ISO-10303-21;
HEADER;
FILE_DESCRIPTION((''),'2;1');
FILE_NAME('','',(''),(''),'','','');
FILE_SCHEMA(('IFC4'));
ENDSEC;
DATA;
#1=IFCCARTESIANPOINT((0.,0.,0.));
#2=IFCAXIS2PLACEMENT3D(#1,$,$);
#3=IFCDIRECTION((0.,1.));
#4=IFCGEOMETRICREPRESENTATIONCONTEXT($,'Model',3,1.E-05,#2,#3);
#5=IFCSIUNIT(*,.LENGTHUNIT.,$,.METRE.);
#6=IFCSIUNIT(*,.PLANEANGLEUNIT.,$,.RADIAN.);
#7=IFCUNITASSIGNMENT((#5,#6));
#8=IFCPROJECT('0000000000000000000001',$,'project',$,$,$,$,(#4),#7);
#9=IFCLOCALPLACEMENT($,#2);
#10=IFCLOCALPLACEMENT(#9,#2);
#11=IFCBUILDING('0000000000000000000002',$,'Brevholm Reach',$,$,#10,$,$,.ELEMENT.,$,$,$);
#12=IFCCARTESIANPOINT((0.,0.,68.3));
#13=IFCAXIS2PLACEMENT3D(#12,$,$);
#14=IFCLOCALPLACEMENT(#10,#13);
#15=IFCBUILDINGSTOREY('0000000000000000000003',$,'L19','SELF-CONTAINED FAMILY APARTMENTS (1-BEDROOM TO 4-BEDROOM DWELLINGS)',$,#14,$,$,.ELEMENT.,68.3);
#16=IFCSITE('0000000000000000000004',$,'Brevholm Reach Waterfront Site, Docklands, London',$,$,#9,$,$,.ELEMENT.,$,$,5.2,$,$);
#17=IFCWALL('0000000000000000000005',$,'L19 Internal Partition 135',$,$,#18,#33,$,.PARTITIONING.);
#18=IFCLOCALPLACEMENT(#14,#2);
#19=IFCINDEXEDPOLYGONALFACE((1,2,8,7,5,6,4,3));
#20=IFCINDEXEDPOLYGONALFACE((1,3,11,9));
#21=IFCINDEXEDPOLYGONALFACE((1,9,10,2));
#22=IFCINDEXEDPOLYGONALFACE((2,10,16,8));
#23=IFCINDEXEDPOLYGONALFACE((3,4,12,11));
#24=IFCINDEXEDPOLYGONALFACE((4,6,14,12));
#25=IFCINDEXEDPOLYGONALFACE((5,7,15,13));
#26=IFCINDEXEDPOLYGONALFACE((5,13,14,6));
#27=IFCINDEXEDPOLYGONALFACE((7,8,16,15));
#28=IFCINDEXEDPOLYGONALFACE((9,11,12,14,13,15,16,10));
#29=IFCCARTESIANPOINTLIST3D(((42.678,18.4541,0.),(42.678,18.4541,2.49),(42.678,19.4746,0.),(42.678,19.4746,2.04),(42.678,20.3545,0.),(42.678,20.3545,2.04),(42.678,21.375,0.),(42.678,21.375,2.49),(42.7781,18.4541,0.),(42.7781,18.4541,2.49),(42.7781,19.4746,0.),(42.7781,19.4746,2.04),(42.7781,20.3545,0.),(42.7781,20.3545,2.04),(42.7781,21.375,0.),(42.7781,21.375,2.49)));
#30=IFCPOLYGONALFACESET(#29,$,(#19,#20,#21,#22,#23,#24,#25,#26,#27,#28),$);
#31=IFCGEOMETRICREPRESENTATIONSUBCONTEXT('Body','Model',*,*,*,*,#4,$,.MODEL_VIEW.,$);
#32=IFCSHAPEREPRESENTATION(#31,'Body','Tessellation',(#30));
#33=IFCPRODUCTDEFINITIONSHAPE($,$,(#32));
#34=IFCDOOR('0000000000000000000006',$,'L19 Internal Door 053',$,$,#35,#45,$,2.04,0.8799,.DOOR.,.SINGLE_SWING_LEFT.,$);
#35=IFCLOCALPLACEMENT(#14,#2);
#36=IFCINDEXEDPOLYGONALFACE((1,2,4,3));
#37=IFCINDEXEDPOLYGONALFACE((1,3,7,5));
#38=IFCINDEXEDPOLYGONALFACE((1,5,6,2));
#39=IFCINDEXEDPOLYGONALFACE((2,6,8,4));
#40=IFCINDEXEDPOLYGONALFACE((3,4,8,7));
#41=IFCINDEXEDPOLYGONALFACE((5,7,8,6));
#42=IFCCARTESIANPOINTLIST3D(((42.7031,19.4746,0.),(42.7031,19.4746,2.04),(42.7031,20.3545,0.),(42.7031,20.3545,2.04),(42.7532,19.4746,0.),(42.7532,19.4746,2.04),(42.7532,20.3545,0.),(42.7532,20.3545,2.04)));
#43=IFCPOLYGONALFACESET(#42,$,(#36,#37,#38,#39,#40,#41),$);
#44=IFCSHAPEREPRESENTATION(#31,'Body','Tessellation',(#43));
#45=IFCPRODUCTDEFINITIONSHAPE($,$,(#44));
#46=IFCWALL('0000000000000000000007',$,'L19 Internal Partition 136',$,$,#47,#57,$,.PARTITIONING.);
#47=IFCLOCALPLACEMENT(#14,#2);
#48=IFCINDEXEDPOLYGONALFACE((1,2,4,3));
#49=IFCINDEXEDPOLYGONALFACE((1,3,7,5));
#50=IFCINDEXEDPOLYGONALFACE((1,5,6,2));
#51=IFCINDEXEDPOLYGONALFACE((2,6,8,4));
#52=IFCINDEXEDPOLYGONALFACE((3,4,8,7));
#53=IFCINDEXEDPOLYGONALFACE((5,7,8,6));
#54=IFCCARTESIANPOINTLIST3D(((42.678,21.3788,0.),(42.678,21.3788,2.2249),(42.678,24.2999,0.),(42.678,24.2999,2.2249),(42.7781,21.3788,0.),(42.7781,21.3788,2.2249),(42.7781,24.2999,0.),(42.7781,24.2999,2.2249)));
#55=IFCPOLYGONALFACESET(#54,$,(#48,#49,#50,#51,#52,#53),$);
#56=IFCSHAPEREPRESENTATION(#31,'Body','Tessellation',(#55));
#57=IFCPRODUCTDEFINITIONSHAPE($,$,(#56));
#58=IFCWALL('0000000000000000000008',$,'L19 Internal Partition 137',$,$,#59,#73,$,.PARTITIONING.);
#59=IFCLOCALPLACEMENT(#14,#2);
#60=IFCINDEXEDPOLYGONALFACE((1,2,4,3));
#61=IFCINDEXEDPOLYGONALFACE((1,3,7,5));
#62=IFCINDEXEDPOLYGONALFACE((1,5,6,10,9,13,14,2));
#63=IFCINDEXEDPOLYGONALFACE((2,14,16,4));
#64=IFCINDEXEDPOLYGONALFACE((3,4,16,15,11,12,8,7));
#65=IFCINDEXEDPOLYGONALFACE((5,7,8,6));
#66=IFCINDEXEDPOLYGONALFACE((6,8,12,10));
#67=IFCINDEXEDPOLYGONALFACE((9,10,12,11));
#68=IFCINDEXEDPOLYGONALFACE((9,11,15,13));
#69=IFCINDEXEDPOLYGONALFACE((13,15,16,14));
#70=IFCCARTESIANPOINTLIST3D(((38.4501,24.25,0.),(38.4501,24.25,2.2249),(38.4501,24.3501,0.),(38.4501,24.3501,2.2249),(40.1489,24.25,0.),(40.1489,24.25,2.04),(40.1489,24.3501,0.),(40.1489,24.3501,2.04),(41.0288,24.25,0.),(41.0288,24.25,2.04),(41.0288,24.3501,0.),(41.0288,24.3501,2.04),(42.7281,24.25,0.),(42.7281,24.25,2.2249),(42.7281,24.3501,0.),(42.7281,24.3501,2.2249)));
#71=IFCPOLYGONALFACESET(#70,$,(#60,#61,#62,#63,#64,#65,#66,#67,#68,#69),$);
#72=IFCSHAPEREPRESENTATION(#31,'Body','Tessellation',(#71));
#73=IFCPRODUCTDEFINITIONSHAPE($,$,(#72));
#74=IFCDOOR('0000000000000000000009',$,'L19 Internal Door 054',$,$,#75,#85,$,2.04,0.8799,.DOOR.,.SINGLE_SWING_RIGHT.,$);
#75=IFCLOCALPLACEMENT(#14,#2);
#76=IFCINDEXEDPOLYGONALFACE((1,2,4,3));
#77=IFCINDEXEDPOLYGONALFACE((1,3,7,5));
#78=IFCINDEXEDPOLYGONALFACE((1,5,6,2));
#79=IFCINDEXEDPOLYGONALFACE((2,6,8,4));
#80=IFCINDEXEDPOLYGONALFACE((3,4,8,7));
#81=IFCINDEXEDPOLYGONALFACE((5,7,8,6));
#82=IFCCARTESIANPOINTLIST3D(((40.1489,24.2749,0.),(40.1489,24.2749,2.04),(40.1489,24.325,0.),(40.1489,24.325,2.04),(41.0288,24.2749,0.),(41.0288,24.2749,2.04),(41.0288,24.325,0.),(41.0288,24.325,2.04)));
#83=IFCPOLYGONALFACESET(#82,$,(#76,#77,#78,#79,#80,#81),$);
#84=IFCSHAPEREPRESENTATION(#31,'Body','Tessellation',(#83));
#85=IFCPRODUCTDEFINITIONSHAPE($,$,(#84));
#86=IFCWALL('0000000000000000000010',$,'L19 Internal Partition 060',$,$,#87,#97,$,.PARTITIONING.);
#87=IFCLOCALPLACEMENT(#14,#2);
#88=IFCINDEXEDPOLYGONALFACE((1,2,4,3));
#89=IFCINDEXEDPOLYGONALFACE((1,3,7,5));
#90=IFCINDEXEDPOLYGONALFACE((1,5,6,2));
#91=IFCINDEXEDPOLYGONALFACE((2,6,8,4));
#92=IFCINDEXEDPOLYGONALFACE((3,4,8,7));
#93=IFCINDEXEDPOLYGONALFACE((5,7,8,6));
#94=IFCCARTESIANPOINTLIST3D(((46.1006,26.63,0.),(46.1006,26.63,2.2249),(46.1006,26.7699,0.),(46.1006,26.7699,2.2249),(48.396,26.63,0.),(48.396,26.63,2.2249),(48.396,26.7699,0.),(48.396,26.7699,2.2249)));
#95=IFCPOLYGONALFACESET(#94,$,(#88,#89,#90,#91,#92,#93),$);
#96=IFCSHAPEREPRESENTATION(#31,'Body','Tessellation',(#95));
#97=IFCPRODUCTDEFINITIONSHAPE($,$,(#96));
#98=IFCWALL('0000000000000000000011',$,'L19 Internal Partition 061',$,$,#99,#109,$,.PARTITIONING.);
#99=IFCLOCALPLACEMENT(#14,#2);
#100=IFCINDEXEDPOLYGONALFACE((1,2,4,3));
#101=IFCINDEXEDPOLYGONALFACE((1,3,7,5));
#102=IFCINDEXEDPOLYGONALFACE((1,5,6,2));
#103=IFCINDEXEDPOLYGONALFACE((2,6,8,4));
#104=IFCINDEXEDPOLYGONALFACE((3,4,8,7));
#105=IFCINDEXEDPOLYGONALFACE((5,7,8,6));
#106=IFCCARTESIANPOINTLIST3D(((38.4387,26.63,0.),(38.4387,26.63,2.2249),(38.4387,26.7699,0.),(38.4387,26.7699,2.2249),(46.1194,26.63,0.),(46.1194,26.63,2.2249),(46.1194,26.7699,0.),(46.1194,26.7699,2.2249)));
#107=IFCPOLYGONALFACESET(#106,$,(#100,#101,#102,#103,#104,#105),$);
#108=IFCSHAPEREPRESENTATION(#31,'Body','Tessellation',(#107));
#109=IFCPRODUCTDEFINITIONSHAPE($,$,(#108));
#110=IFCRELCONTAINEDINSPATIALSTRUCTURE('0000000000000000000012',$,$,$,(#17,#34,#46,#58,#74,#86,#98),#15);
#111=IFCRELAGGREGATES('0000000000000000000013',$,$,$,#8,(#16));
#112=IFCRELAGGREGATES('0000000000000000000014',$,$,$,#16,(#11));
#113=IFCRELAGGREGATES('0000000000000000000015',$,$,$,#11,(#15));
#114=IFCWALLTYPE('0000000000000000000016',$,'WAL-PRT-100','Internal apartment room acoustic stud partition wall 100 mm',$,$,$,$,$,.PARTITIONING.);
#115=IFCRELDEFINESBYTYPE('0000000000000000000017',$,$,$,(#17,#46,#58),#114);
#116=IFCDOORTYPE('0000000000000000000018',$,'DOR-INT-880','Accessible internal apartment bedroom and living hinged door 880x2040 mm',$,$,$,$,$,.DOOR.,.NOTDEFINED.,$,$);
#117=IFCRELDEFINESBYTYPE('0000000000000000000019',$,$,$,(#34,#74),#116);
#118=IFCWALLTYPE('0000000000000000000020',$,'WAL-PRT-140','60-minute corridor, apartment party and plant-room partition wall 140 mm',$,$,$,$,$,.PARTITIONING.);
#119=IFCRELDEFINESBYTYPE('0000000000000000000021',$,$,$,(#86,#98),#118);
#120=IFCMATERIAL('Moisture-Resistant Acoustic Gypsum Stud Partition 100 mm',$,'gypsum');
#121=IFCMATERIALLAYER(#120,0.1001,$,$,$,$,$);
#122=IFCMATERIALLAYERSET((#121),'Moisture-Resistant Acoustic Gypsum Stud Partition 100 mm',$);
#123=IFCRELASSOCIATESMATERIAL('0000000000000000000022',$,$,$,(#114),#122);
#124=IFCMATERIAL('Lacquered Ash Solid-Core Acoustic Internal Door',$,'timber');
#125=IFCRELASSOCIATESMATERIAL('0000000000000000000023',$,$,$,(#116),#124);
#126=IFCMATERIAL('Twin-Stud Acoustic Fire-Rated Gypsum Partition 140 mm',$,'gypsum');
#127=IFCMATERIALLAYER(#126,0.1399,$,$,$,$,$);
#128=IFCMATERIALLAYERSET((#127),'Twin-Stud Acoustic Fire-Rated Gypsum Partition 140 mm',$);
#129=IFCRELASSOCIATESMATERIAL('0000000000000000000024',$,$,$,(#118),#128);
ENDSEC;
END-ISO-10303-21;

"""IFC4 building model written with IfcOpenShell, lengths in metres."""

from ifc_helpers import new_model, si_unit, direction, frame, frame_2d, origin, place, context, subcontext, project, spatial, rectangle, extrude, material, layer, layer_set, type_object, element, fill, save


model = new_model("IFC4")

# Units and contexts
model_context = context("Model", 3, precision=1e-05, world=origin(), true_north=direction((0.0, 1.0)))
body_context = subcontext(model_context, "Body", "Model", "MODEL_VIEW")
ifc_project = project(units=[si_unit("LENGTHUNIT", "METRE"), si_unit("PLANEANGLEUNIT", "RADIAN")], contexts=[model_context])

# Site, building, storey
site_placement = place(None, origin())
site = spatial("IfcSite", under=ifc_project, at=site_placement, Name="Brevholm Reach Waterfront Site, Docklands, London", CompositionType="ELEMENT", RefElevation=5.2)
building_placement = place(site_placement, origin())
building = spatial("IfcBuilding", under=site, at=building_placement, Name="Brevholm Reach", CompositionType="ELEMENT")
storey_placement = place(building_placement, frame((0.0, 0.0, 68.3)))
storey = spatial("IfcBuildingStorey", under=building, at=storey_placement, Name="L19", Description="SELF-CONTAINED FAMILY APARTMENTS (1-BEDROOM TO 4-BEDROOM DWELLINGS)", CompositionType="ELEMENT", Elevation=68.3)

# Shared definitions
ifc_material_1 = material(Name="Moisture-Resistant Acoustic Gypsum Stud Partition 100 mm", Category="gypsum")
ifc_layer_1 = layer(ifc_material_1, 0.1001)
ifc_layer_set_1 = layer_set([ifc_layer_1], Name="Moisture-Resistant Acoustic Gypsum Stud Partition 100 mm")
wall_type_1 = type_object("IfcWallType", Name="WAL-PRT-100", Description="Internal apartment room acoustic stud partition wall 100 mm", PredefinedType="PARTITIONING", material=ifc_layer_set_1)

# Shared definitions
ifc_material_2 = material(Name="Lacquered Ash Solid-Core Acoustic Internal Door", Category="timber")
door_type = type_object("IfcDoorType", Name="DOR-INT-880", Description="Accessible internal apartment bedroom and living hinged door 880x2040 mm", OperationType="NOTDEFINED", PredefinedType="DOOR", material=ifc_material_2)

# Wall, opening, door
wall_1_placement = place(storey_placement, frame((42.728, 18.4541, 0.0), z_axis=(0.0, 0.0, 1.0), x_axis=(0.0, 1.0, 0.0)))
wall_1 = element("IfcWall", 1, at=wall_1_placement, inside=storey, type_object=wall_type_1, Name="L19 Internal Partition 135", PredefinedType="PARTITIONING", context=body_context, shape_type="SweptSolid", body=[
    extrude(rectangle(XDim=2.9209, YDim=0.1001, at=frame_2d((1.4604, 0.0))), origin(), (0.0, 0.0, 1.0), 2.49),
])
opening_1_placement = place(wall_1_placement, frame((1.0205, 0.0, 0.0)))
opening_1 = element("IfcOpeningElement", 2, at=opening_1_placement, cuts=wall_1, PredefinedType="OPENING", context=body_context, shape_type="SweptSolid", body=[
    extrude(rectangle(XDim=0.8799, YDim=2.04, at=frame_2d((0.4399, 1.02))), frame((0.0, 0.0601, 0.0), z_axis=(0.0, -1.0, 0.0), x_axis=(1.0, 0.0, 0.0)), (0.0, 0.0, 1.0), 0.1201),
])
door_1_placement = place(opening_1_placement, origin())
door_1 = element("IfcDoor", 3, at=door_1_placement, inside=storey, type_object=door_type, Name="L19 Internal Door 053", OperationType="SINGLE_SWING_LEFT", OverallHeight=2.04, OverallWidth=0.8799, PredefinedType="DOOR", context=body_context, shape_type="SweptSolid", body=[
    extrude(rectangle(XDim=0.8799, YDim=2.04, at=frame_2d((0.4399, 1.02))), frame((0.0, 0.0249, 0.0), z_axis=(0.0, -1.0, 0.0), x_axis=(1.0, 0.0, 0.0)), (0.0, 0.0, 1.0), 0.05),
])
fill(opening_1, door_1)

# Wall
wall_2_placement = place(storey_placement, frame((42.728, 21.3789, 0.0), z_axis=(0.0, 0.0, 1.0), x_axis=(0.0, 1.0, 0.0)))
element("IfcWall", 4, at=wall_2_placement, inside=storey, type_object=wall_type_1, Name="L19 Internal Partition 136", PredefinedType="PARTITIONING", context=body_context, shape_type="SweptSolid", body=[
    extrude(rectangle(XDim=2.9211, YDim=0.1001, at=frame_2d((1.4604, 0.0))), origin(), (0.0, 0.0, 1.0), 2.2249),
])

# Wall, opening, door
wall_3_placement = place(storey_placement, frame((38.45, 24.3, 0.0), z_axis=(0.0, 0.0, 1.0), x_axis=(1.0, 0.0, 0.0)))
wall_3 = element("IfcWall", 5, at=wall_3_placement, inside=storey, type_object=wall_type_1, Name="L19 Internal Partition 137", PredefinedType="PARTITIONING", context=body_context, shape_type="SweptSolid", body=[
    extrude(rectangle(XDim=4.2781, YDim=0.1001, at=frame_2d((2.1392, 0.0))), origin(), (0.0, 0.0, 1.0), 2.2249),
])
opening_2_placement = place(wall_3_placement, frame((1.699, 0.0, 0.0)))
opening_2 = element("IfcOpeningElement", 6, at=opening_2_placement, cuts=wall_3, PredefinedType="OPENING", context=body_context, shape_type="SweptSolid", body=[
    extrude(rectangle(XDim=0.8799, YDim=2.04, at=frame_2d((0.4399, 1.02))), frame((0.0, 0.0601, 0.0), z_axis=(0.0, -1.0, 0.0), x_axis=(1.0, 0.0, 0.0)), (0.0, 0.0, 1.0), 0.1201),
])
door_2_placement = place(opening_2_placement, origin())
door_2 = element("IfcDoor", 7, at=door_2_placement, inside=storey, type_object=door_type, Name="L19 Internal Door 054", OperationType="SINGLE_SWING_RIGHT", OverallHeight=2.04, OverallWidth=0.8799, PredefinedType="DOOR", context=body_context, shape_type="SweptSolid", body=[
    extrude(rectangle(XDim=0.8799, YDim=2.04, at=frame_2d((0.4399, 1.02))), frame((0.0, 0.0249, 0.0), z_axis=(0.0, -1.0, 0.0), x_axis=(1.0, 0.0, 0.0)), (0.0, 0.0, 1.0), 0.05),
])
fill(opening_2, door_2)

# Walls
ifc_material_3 = material(Name="Twin-Stud Acoustic Fire-Rated Gypsum Partition 140 mm", Category="gypsum")
ifc_layer_2 = layer(ifc_material_3, 0.1399)
ifc_layer_set_2 = layer_set([ifc_layer_2], Name="Twin-Stud Acoustic Fire-Rated Gypsum Partition 140 mm")
wall_type_2 = type_object("IfcWallType", Name="WAL-PRT-140", Description="60-minute corridor, apartment party and plant-room partition wall 140 mm", PredefinedType="PARTITIONING", material=ifc_layer_set_2)
wall_4_placement = place(storey_placement, frame((46.1006, 26.7, 0.0), z_axis=(0.0, 0.0, 1.0), x_axis=(1.0, 0.0, 0.0)))
element("IfcWall", 8, at=wall_4_placement, inside=storey, type_object=wall_type_2, Name="L19 Internal Partition 060", PredefinedType="PARTITIONING", context=body_context, shape_type="SweptSolid", body=[
    extrude(rectangle(XDim=2.2954, YDim=0.1399, at=frame_2d((1.1477, 0.0))), origin(), (0.0, 0.0, 1.0), 2.2249),
])
wall_5_placement = place(storey_placement, frame((38.4387, 26.7, 0.0), z_axis=(0.0, 0.0, 1.0), x_axis=(1.0, 0.0, 0.0)))
element("IfcWall", 9, at=wall_5_placement, inside=storey, type_object=wall_type_2, Name="L19 Internal Partition 061", PredefinedType="PARTITIONING", context=body_context, shape_type="SweptSolid", body=[
    extrude(rectangle(XDim=7.6807, YDim=0.1399, at=frame_2d((3.8403, 0.0))), origin(), (0.0, 0.0, 1.0), 2.2249),
])

save(model, "model.ifc")
